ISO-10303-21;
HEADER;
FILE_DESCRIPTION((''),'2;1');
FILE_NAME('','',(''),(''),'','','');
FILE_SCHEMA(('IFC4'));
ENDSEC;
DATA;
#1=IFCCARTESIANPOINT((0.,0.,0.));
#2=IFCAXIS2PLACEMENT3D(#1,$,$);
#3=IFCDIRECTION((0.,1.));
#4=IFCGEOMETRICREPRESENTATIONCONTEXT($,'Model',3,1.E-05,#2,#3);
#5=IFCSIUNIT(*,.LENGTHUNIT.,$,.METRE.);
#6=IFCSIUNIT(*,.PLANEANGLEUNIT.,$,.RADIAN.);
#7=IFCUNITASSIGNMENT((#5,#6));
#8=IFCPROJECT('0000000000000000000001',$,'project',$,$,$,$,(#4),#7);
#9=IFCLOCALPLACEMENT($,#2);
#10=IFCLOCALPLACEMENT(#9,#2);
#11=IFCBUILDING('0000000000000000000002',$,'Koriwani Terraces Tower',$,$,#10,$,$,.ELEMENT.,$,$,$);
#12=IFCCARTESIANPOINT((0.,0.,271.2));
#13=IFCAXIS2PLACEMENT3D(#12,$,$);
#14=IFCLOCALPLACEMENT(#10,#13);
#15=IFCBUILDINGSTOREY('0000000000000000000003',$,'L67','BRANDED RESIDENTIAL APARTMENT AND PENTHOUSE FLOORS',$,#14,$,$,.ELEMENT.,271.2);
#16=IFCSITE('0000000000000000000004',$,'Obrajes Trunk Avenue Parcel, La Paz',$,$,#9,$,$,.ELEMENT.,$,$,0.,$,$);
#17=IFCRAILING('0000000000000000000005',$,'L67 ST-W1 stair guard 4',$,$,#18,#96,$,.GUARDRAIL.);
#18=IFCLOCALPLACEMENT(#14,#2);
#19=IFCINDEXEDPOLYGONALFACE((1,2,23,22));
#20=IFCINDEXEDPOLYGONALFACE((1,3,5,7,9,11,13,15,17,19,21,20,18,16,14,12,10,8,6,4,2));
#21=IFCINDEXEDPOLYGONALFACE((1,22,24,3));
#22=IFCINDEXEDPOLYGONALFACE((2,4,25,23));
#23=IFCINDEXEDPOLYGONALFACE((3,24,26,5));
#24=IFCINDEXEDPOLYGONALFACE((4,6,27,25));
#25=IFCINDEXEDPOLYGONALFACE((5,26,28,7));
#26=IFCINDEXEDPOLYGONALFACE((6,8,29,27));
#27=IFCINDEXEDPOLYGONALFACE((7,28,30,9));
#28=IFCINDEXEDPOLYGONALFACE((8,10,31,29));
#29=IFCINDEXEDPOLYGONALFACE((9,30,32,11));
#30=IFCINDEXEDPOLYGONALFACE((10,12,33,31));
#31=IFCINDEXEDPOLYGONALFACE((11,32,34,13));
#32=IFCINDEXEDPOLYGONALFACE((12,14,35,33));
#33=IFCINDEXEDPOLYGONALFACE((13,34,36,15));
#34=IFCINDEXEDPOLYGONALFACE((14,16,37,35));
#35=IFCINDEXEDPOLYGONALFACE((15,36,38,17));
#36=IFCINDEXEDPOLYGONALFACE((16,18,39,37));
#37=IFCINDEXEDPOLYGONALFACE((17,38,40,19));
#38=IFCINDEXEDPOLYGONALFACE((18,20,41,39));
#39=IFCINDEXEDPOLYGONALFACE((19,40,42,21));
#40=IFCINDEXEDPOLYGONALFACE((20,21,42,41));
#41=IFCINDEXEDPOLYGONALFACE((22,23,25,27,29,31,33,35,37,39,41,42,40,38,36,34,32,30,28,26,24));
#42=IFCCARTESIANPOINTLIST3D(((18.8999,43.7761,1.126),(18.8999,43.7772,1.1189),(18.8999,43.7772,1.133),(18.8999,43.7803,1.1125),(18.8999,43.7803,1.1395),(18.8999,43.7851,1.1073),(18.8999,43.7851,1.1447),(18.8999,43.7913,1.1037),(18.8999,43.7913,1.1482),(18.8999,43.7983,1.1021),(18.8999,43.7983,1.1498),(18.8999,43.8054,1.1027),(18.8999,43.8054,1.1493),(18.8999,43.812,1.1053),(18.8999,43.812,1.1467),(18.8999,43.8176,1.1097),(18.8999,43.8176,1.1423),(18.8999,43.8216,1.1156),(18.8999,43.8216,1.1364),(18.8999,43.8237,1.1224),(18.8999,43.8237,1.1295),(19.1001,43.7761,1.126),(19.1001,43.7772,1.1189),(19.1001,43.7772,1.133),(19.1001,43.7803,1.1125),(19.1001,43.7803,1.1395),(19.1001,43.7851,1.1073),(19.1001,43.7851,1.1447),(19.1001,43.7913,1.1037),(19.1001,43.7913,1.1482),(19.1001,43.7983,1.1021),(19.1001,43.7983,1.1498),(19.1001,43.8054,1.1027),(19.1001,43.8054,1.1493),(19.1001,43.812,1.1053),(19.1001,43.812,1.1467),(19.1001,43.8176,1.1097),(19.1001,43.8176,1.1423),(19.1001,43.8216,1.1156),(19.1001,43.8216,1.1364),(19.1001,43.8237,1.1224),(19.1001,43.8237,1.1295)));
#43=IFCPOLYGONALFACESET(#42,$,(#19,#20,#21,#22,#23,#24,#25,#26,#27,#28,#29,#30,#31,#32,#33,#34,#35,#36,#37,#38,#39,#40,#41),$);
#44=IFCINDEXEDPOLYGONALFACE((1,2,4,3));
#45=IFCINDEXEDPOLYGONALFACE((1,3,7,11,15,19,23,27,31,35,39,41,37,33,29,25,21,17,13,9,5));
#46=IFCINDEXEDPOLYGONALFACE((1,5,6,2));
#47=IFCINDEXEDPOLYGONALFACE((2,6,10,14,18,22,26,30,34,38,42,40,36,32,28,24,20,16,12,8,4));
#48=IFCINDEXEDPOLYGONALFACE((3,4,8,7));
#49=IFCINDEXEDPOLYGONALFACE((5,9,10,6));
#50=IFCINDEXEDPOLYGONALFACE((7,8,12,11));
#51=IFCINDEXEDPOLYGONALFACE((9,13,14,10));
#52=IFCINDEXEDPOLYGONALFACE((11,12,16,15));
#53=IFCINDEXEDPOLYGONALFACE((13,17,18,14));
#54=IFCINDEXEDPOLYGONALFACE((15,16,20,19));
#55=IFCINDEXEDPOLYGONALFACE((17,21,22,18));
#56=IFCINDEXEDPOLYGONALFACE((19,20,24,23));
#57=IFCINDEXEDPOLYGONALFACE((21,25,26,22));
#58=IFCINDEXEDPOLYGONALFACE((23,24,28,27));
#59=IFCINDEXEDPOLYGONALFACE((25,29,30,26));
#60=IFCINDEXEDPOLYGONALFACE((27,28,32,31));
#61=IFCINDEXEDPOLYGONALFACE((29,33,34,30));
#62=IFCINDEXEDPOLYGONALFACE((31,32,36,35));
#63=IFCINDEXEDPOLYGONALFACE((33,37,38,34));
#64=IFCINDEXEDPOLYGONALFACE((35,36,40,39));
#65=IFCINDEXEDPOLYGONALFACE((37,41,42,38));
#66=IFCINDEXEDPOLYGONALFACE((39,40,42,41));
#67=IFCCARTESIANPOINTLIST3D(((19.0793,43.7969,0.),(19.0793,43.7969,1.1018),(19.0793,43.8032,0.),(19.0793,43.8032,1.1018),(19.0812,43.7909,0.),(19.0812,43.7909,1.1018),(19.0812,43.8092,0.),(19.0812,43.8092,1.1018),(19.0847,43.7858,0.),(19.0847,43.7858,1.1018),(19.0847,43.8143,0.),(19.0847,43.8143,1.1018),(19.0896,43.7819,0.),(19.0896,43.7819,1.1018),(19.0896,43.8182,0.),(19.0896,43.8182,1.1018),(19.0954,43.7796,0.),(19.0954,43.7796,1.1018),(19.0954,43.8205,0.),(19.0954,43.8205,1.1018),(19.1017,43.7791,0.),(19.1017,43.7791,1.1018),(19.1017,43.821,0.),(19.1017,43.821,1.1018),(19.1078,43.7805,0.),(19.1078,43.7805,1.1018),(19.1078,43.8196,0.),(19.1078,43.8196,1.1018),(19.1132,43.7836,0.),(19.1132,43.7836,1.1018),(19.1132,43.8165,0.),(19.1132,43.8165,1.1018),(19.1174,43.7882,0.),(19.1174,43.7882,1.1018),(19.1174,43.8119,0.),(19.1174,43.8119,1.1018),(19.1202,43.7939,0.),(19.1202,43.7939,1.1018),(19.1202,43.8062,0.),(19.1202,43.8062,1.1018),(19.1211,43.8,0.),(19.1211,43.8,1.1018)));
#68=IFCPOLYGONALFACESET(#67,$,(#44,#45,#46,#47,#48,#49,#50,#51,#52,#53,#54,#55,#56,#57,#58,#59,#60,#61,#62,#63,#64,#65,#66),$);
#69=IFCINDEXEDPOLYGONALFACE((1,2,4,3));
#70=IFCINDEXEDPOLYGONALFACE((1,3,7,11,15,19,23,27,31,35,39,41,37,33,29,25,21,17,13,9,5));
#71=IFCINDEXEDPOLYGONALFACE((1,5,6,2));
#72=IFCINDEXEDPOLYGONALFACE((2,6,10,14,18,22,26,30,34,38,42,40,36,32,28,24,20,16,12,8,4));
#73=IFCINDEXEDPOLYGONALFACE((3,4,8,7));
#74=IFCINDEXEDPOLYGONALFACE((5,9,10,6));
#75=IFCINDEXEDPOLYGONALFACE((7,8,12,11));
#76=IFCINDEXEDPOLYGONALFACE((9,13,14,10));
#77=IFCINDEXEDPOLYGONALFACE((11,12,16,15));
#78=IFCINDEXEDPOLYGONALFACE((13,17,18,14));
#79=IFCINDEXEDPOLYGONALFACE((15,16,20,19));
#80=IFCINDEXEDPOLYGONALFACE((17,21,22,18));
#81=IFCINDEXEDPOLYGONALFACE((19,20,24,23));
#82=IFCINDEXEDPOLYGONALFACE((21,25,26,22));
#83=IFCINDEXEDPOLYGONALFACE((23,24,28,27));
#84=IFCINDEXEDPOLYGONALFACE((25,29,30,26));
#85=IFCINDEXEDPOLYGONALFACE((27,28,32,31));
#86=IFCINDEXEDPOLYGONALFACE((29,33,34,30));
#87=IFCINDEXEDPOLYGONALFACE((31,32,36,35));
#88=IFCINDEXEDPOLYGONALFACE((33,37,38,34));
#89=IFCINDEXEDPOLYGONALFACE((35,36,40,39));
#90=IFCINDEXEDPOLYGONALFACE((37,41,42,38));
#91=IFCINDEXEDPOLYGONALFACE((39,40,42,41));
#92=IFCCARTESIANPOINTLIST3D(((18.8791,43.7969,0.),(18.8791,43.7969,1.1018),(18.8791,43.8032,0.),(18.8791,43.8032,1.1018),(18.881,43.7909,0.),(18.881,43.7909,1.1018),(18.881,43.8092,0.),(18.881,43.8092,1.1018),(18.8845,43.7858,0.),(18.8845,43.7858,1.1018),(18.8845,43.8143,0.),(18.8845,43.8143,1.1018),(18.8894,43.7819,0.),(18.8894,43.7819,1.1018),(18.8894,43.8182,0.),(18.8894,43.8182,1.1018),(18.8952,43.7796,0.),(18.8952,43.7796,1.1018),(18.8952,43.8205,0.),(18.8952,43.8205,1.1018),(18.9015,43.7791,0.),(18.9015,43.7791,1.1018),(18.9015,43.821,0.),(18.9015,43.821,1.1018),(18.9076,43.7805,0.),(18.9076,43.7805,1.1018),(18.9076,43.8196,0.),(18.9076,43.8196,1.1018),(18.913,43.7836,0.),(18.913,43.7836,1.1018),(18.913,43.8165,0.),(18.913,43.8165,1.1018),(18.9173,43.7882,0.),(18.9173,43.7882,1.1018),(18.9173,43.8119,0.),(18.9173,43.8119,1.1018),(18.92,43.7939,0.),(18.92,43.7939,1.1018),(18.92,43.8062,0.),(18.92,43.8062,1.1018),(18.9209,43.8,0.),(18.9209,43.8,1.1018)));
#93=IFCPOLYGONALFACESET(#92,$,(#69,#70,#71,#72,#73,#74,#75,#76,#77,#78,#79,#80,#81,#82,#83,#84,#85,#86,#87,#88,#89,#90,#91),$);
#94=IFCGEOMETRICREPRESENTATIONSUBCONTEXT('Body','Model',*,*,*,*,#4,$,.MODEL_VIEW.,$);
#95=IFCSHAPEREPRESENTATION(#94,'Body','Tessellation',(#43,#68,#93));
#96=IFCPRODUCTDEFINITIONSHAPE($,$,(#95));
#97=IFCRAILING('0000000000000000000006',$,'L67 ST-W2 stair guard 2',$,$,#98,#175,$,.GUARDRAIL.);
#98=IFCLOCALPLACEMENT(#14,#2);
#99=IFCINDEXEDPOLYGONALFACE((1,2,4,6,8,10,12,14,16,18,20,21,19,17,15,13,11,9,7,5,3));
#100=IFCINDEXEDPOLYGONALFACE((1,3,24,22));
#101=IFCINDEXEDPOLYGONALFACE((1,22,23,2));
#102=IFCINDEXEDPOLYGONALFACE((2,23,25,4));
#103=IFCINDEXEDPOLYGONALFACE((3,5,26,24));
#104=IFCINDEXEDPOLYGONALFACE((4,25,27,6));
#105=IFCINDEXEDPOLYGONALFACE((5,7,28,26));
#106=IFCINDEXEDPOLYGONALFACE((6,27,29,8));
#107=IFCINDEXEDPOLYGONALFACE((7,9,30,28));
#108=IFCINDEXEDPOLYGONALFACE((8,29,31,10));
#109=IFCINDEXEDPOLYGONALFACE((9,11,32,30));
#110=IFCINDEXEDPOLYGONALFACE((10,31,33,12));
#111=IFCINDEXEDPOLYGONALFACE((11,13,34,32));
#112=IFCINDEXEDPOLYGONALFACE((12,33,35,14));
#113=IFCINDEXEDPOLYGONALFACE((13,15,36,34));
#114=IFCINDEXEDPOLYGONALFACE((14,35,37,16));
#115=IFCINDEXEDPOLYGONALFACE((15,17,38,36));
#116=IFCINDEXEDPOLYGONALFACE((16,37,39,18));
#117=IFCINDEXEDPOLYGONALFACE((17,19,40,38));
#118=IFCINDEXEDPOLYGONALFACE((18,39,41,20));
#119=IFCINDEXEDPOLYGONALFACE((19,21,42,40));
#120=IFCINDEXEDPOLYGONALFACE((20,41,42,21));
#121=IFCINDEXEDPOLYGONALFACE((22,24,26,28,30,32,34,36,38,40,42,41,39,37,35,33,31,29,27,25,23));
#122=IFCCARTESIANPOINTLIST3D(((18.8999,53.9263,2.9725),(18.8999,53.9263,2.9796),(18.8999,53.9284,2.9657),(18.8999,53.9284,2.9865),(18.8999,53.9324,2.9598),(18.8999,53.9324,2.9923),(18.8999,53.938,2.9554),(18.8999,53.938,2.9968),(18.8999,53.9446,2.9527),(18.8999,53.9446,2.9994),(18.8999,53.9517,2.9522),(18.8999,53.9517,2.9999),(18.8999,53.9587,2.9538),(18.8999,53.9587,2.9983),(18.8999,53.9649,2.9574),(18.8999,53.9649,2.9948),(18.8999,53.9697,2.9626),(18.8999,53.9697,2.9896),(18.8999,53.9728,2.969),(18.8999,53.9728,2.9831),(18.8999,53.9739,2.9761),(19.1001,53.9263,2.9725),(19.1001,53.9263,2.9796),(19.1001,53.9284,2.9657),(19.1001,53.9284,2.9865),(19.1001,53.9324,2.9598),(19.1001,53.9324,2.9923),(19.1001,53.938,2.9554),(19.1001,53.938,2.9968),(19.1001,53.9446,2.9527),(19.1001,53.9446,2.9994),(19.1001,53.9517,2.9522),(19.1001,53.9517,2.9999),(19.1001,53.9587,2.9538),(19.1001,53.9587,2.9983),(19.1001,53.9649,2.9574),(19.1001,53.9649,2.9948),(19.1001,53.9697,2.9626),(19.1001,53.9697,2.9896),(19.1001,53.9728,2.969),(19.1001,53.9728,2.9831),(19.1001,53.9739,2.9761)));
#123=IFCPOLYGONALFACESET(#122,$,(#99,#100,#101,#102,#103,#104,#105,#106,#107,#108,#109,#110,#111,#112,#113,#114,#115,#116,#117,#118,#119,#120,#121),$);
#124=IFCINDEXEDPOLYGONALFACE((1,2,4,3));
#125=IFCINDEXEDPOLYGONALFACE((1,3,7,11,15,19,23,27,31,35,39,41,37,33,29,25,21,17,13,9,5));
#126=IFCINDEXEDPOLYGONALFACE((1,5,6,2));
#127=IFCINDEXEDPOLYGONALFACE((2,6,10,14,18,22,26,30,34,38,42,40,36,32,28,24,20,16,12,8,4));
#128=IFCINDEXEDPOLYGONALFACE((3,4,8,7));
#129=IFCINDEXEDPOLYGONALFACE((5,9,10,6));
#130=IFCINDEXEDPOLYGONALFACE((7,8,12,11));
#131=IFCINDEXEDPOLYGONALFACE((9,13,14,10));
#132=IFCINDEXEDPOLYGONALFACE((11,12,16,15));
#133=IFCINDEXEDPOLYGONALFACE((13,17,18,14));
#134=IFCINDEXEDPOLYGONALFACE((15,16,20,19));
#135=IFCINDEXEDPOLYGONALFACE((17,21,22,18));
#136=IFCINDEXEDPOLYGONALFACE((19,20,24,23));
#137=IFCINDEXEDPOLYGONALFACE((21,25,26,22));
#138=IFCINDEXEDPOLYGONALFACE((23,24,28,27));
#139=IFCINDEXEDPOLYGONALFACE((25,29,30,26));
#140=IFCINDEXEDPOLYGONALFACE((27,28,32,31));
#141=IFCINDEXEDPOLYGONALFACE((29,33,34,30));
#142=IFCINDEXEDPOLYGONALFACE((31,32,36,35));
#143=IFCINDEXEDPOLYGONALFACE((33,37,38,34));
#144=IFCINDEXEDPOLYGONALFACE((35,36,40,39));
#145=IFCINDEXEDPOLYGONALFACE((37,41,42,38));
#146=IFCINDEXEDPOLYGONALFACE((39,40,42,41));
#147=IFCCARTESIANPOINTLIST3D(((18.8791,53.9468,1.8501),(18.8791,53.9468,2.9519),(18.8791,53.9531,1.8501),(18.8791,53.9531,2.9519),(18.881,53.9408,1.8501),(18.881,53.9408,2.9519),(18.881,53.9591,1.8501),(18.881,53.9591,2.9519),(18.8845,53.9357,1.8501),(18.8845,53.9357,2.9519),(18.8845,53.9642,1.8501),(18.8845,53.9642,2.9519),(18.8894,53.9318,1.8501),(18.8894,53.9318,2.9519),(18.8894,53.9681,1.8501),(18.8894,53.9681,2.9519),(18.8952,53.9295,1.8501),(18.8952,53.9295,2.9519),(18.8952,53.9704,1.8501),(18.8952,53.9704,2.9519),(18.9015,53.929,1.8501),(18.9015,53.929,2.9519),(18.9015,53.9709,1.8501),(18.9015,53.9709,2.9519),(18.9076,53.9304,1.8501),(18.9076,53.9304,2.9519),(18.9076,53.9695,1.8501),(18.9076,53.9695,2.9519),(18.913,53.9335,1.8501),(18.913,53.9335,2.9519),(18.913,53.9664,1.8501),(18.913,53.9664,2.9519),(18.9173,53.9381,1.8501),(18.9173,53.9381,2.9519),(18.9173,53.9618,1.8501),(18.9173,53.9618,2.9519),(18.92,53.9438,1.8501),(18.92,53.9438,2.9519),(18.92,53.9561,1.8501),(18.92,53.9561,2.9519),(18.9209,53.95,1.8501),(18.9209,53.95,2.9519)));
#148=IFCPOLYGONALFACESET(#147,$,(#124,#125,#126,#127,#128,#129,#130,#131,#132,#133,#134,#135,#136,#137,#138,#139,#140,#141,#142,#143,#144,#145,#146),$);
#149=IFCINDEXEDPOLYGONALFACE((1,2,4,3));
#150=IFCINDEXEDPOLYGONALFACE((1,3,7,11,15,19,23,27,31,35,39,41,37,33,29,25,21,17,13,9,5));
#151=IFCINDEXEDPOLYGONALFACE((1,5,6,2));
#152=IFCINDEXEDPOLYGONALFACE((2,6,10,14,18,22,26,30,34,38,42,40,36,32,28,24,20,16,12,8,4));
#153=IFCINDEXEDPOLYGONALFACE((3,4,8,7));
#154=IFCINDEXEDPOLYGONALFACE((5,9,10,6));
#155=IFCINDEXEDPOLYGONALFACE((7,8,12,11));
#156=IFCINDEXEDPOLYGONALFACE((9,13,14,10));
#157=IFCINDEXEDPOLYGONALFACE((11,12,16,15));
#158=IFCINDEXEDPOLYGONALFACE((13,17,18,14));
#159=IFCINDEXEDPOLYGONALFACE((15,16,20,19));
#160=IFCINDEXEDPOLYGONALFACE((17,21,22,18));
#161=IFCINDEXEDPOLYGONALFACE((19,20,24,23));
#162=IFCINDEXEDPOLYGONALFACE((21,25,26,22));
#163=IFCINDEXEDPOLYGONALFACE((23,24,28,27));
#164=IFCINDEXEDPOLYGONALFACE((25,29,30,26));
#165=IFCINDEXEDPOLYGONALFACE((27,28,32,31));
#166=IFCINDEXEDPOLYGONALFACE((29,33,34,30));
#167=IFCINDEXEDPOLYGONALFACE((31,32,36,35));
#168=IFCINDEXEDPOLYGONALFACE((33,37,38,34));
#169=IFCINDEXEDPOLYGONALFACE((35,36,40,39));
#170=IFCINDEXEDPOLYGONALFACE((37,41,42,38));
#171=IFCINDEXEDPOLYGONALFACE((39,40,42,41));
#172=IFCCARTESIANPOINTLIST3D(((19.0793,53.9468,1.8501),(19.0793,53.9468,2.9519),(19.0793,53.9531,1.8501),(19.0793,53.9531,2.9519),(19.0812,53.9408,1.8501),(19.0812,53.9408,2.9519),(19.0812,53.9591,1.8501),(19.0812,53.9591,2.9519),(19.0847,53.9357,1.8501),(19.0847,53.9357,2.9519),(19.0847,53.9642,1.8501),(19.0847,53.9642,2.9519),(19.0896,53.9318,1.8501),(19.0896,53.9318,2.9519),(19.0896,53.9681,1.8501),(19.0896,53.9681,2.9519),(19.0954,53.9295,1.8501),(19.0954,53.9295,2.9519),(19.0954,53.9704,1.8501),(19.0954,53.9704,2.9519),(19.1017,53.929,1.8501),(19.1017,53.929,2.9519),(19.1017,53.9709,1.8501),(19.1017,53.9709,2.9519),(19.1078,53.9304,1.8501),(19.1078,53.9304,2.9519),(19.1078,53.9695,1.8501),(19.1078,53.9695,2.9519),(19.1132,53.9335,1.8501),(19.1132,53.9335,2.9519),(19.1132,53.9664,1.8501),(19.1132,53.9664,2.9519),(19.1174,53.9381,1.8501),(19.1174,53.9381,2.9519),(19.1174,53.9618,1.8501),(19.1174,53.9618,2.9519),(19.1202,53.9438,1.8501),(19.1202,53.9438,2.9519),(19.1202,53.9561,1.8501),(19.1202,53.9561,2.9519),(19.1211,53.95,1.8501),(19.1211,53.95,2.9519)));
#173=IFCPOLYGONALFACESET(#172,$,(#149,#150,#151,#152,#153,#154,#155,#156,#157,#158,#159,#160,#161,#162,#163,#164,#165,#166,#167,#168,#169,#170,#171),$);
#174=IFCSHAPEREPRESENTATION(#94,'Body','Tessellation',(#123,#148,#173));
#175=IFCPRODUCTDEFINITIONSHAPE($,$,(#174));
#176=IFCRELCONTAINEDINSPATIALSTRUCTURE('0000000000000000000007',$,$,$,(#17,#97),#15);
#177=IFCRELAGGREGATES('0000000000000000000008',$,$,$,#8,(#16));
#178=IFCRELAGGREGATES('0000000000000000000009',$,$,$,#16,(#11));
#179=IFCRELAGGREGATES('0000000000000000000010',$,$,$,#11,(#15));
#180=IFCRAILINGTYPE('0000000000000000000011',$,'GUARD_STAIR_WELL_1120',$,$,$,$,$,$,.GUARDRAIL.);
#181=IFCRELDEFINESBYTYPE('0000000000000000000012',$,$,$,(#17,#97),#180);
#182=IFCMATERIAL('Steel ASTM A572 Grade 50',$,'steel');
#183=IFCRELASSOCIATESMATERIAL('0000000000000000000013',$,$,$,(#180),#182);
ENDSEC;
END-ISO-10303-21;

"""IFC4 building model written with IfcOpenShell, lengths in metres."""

from ifc_helpers import new_model, si_unit, direction, frame, origin, origin_2d, place, context, subcontext, project, spatial, circle, extrude, material, type_object, element, save


model = new_model("IFC4")

# Units and contexts
model_context = context("Model", 3, precision=1e-05, world=origin(), true_north=direction((0.0, 1.0)))
body_context = subcontext(model_context, "Body", "Model", "MODEL_VIEW")
ifc_project = project(units=[si_unit("LENGTHUNIT", "METRE"), si_unit("PLANEANGLEUNIT", "RADIAN")], contexts=[model_context])

# Site, building, storey
site_placement = place(None, origin())
site = spatial("IfcSite", under=ifc_project, at=site_placement, Name="Obrajes Trunk Avenue Parcel, La Paz", CompositionType="ELEMENT", RefElevation=0.0)
building_placement = place(site_placement, origin())
building = spatial("IfcBuilding", under=site, at=building_placement, Name="Koriwani Terraces Tower", CompositionType="ELEMENT")
storey_placement = place(building_placement, frame((0.0, 0.0, 271.2)))
storey = spatial("IfcBuildingStorey", under=building, at=storey_placement, Name="L67", Description="BRANDED RESIDENTIAL APARTMENT AND PENTHOUSE FLOORS", CompositionType="ELEMENT", Elevation=271.2)

# Shared definitions
ifc_material_1 = material(Name="Steel ASTM A572 Grade 50", Category="steel")

# Railings
railing_type_1 = type_object("IfcRailingType", Name="GUARD_STAIR_WELL_1120", PredefinedType="GUARDRAIL", material=ifc_material_1)
railing_1_placement = place(storey_placement, frame((19.1001, 43.8, 0.0)))
element("IfcRailing", 1, at=railing_1_placement, inside=storey, type_object=railing_type_1, Name="L67 ST-W1 stair guard 4", PredefinedType="GUARDRAIL", context=body_context, shape_type="SweptSolid", body=[
    extrude(circle(Radius=0.0239, at=origin_2d()), frame((0.0, 0.0, 1.126), z_axis=(-1.0, 0.0, 0.0), x_axis=(0.0, -1.0, 0.0)), (0.0, 0.0, 1.0), 0.2002),
    extrude(circle(Radius=0.021, at=origin_2d()), origin(), (0.0, 0.0, 1.0), 1.1018),
    extrude(circle(Radius=0.021, at=origin_2d()), frame((-0.2002, 0.0, 0.0)), (0.0, 0.0, 1.0), 1.1018),
])
railing_2_placement = place(storey_placement, frame((18.8999, 53.95, 1.8501)))
element("IfcRailing", 2, at=railing_2_placement, inside=storey, type_object=railing_type_1, Name="L67 ST-W2 stair guard 2", PredefinedType="GUARDRAIL", context=body_context, shape_type="SweptSolid", body=[
    extrude(circle(Radius=0.0239, at=origin_2d()), frame((0.0, 0.0, 1.126), z_axis=(1.0, 0.0, 0.0), x_axis=(0.0, 1.0, 0.0)), (0.0, 0.0, 1.0), 0.2002),
    extrude(circle(Radius=0.021, at=origin_2d()), origin(), (0.0, 0.0, 1.0), 1.1018),
    extrude(circle(Radius=0.021, at=origin_2d()), frame((0.2002, 0.0, 0.0)), (0.0, 0.0, 1.0), 1.1018),
])

save(model, "model.ifc")
